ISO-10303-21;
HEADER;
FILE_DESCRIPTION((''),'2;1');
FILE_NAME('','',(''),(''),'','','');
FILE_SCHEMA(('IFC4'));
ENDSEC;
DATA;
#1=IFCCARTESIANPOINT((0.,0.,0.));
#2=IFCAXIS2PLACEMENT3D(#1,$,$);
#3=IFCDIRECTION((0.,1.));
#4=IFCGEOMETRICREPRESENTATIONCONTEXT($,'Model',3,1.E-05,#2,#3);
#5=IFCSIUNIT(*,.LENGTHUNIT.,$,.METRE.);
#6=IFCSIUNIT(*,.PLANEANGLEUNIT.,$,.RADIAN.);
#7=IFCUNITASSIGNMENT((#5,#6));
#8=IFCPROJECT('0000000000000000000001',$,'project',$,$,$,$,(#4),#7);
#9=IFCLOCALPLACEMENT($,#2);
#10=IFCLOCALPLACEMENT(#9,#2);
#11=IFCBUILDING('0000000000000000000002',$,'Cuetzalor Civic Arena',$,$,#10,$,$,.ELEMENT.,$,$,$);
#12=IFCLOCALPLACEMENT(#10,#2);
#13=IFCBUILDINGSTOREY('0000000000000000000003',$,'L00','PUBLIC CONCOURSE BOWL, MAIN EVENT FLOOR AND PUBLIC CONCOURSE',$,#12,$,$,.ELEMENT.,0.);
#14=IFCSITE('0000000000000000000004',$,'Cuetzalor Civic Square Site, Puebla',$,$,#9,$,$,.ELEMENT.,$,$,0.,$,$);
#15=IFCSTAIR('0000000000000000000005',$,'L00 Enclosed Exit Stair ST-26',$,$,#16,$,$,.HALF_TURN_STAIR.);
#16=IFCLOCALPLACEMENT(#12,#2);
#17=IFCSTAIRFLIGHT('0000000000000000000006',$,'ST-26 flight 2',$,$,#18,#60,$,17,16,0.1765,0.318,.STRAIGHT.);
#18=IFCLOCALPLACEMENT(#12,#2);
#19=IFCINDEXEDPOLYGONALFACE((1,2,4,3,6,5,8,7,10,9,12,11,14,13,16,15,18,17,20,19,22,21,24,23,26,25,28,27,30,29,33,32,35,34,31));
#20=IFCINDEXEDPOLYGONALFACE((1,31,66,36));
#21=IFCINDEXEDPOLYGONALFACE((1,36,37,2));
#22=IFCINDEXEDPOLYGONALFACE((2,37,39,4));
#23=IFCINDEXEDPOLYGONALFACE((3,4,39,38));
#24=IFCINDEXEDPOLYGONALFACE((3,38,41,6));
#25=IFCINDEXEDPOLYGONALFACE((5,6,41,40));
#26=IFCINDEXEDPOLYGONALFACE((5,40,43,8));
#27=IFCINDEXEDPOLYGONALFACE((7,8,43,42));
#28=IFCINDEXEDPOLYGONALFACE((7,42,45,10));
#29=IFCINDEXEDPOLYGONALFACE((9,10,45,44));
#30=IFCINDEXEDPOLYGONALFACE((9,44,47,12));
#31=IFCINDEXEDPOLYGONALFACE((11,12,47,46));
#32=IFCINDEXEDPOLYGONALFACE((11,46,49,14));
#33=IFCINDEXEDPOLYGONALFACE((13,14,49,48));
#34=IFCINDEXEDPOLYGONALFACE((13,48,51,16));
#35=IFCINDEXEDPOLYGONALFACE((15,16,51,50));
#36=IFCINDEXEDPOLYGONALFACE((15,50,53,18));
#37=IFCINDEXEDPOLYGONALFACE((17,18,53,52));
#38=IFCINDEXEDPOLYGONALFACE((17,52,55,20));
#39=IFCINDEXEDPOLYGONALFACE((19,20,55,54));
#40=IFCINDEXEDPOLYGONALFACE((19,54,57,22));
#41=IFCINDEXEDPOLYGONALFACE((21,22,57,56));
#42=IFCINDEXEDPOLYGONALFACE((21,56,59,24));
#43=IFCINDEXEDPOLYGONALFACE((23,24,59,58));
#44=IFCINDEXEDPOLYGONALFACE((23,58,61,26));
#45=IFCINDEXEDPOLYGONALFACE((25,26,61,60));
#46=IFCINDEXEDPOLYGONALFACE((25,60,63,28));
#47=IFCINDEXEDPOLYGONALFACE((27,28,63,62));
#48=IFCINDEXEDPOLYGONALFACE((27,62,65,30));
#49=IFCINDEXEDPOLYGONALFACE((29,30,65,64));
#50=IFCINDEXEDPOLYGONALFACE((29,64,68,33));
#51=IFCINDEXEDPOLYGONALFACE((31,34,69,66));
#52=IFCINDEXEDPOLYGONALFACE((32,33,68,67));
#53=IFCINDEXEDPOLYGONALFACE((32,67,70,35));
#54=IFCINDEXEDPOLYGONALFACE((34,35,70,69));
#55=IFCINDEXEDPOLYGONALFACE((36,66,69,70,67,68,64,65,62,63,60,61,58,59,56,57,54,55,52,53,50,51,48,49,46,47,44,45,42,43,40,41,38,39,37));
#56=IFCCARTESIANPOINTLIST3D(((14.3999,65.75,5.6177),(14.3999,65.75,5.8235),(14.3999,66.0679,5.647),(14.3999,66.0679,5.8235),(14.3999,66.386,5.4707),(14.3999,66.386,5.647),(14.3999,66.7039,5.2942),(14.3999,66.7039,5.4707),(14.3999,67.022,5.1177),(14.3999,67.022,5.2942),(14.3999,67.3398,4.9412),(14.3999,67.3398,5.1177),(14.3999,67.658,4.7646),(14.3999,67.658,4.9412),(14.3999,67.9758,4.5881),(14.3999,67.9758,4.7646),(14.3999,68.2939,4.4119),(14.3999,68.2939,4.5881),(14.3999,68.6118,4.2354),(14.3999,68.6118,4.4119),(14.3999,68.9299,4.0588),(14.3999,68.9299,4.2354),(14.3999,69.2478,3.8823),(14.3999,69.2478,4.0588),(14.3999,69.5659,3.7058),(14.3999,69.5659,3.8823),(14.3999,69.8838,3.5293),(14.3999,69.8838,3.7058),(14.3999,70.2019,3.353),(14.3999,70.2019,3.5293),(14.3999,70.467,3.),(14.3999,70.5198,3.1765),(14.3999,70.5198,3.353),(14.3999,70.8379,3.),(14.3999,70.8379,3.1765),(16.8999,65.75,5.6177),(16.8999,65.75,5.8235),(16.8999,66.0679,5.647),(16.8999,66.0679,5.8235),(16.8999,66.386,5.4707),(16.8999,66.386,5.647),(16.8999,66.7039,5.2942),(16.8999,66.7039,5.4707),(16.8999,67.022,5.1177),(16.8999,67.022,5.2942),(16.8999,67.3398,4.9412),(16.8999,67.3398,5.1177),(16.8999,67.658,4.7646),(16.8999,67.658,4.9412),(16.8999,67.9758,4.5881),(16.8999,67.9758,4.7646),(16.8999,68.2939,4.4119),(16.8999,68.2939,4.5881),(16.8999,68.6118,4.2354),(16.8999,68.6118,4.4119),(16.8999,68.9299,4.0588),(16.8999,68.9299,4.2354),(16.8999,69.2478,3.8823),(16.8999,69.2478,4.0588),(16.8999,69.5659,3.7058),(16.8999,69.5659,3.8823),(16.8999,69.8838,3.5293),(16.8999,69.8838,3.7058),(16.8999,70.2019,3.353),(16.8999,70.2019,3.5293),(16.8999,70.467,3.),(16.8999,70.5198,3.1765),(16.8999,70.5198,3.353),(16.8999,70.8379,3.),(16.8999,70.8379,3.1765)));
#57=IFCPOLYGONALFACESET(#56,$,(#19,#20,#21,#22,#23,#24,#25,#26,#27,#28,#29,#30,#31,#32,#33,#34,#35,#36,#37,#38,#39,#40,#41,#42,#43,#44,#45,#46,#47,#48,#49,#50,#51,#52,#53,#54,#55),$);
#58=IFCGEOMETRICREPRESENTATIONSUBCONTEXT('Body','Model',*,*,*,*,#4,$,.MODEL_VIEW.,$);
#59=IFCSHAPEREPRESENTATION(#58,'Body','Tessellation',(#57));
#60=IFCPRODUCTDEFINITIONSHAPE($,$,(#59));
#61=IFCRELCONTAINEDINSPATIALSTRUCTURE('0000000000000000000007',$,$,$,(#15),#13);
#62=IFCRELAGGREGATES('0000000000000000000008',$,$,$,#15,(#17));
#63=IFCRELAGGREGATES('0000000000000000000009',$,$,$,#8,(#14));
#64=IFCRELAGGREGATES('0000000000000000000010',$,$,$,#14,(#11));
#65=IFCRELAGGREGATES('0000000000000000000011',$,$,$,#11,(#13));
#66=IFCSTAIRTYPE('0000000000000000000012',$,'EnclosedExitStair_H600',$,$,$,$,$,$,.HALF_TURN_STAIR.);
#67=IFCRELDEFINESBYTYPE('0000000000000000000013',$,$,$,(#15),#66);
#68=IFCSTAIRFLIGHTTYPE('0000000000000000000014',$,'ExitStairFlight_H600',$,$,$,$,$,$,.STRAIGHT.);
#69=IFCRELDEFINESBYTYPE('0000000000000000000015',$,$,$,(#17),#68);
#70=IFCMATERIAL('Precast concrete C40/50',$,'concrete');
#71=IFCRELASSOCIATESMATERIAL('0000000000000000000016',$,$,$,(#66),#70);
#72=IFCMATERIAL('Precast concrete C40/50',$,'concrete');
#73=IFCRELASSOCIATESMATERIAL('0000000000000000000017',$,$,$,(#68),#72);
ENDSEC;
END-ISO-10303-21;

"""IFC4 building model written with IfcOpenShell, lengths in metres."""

from ifc_helpers import new_model, si_unit, direction, frame, origin, place, context, subcontext, project, spatial, polyline, outline, extrude, material, type_object, element, aggregate, save


model = new_model("IFC4")

# Units and contexts
model_context = context("Model", 3, precision=1e-05, world=origin(), true_north=direction((0.0, 1.0)))
body_context = subcontext(model_context, "Body", "Model", "MODEL_VIEW")
ifc_project = project(units=[si_unit("LENGTHUNIT", "METRE"), si_unit("PLANEANGLEUNIT", "RADIAN")], contexts=[model_context])

# Site, building, storey
site_placement = place(None, origin())
site = spatial("IfcSite", under=ifc_project, at=site_placement, Name="Cuetzalor Civic Square Site, Puebla", CompositionType="ELEMENT", RefElevation=0.0)
building_placement = place(site_placement, origin())
building = spatial("IfcBuilding", under=site, at=building_placement, Name="Cuetzalor Civic Arena", CompositionType="ELEMENT")
storey_placement = place(building_placement, origin())
storey = spatial("IfcBuildingStorey", under=building, at=storey_placement, Name="L00", Description="PUBLIC CONCOURSE BOWL, MAIN EVENT FLOOR AND PUBLIC CONCOURSE", CompositionType="ELEMENT", Elevation=0.0)

# Stair, stair flight
ifc_material_1 = material(Name="Precast concrete C40/50", Category="concrete")
stair_type = type_object("IfcStairType", Name="EnclosedExitStair_H600", PredefinedType="HALF_TURN_STAIR", material=ifc_material_1)
stair_placement = place(storey_placement, origin())
stair = element("IfcStair", 1, at=stair_placement, inside=storey, type_object=stair_type, Name="L00 Enclosed Exit Stair ST-26", PredefinedType="HALF_TURN_STAIR")
ifc_material_2 = material(Name="Precast concrete C40/50", Category="concrete")
stair_flight_type = type_object("IfcStairFlightType", Name="ExitStairFlight_H600", PredefinedType="STRAIGHT", material=ifc_material_2)
stair_flight_1_placement = place(storey_placement, frame((15.6499, 70.8379, 3.0), z_axis=(0.0, 0.0, 1.0), x_axis=(0.0, -1.0, 0.0)))
stair_flight_1 = element("IfcStairFlight", 2, at=stair_flight_1_placement, type_object=stair_flight_type, Name="ST-26 flight 2", NumberOfRisers=17, NumberOfTreads=16, PredefinedType="STRAIGHT", RiserHeight=0.1765, TreadLength=0.318, context=body_context, shape_type="SweptSolid", body=[
    extrude(outline(polyline([(0.0, 0.0), (0.0, 0.1765), (0.3181, 0.1765), (0.3181, 0.353), (0.636, 0.353), (0.636, 0.5293), (0.9541, 0.5293), (0.9541, 0.7058), (1.272, 0.7058), (1.272, 0.8823), (1.5901, 0.8823), (1.5901, 1.0588), (1.908, 1.0588), (1.908, 1.2354), (2.2261, 1.2354), (2.2261, 1.4119), (2.5439, 1.4119), (2.5439, 1.5881), (2.8621, 1.5881), (2.8621, 1.7646), (3.1799, 1.7646), (3.1799, 1.9412), (3.498, 1.9412), (3.498, 2.1177), (3.8159, 2.1177), (3.8159, 2.2942), (4.134, 2.2942), (4.134, 2.4707), (4.4519, 2.4707), (4.4519, 2.647), (4.77, 2.647), (4.77, 2.8235), (5.0879, 2.8235), (5.0879, 3.0), (5.0879, 2.6177), (0.3708, 0.0), (0.0, 0.0)])), frame((0.0, 1.25, 0.0), z_axis=(0.0, -1.0, 0.0), x_axis=(1.0, 0.0, 0.0)), (0.0, 0.0, 1.0), 2.5),
])
aggregate(stair, [stair_flight_1])

save(model, "model.ifc")
